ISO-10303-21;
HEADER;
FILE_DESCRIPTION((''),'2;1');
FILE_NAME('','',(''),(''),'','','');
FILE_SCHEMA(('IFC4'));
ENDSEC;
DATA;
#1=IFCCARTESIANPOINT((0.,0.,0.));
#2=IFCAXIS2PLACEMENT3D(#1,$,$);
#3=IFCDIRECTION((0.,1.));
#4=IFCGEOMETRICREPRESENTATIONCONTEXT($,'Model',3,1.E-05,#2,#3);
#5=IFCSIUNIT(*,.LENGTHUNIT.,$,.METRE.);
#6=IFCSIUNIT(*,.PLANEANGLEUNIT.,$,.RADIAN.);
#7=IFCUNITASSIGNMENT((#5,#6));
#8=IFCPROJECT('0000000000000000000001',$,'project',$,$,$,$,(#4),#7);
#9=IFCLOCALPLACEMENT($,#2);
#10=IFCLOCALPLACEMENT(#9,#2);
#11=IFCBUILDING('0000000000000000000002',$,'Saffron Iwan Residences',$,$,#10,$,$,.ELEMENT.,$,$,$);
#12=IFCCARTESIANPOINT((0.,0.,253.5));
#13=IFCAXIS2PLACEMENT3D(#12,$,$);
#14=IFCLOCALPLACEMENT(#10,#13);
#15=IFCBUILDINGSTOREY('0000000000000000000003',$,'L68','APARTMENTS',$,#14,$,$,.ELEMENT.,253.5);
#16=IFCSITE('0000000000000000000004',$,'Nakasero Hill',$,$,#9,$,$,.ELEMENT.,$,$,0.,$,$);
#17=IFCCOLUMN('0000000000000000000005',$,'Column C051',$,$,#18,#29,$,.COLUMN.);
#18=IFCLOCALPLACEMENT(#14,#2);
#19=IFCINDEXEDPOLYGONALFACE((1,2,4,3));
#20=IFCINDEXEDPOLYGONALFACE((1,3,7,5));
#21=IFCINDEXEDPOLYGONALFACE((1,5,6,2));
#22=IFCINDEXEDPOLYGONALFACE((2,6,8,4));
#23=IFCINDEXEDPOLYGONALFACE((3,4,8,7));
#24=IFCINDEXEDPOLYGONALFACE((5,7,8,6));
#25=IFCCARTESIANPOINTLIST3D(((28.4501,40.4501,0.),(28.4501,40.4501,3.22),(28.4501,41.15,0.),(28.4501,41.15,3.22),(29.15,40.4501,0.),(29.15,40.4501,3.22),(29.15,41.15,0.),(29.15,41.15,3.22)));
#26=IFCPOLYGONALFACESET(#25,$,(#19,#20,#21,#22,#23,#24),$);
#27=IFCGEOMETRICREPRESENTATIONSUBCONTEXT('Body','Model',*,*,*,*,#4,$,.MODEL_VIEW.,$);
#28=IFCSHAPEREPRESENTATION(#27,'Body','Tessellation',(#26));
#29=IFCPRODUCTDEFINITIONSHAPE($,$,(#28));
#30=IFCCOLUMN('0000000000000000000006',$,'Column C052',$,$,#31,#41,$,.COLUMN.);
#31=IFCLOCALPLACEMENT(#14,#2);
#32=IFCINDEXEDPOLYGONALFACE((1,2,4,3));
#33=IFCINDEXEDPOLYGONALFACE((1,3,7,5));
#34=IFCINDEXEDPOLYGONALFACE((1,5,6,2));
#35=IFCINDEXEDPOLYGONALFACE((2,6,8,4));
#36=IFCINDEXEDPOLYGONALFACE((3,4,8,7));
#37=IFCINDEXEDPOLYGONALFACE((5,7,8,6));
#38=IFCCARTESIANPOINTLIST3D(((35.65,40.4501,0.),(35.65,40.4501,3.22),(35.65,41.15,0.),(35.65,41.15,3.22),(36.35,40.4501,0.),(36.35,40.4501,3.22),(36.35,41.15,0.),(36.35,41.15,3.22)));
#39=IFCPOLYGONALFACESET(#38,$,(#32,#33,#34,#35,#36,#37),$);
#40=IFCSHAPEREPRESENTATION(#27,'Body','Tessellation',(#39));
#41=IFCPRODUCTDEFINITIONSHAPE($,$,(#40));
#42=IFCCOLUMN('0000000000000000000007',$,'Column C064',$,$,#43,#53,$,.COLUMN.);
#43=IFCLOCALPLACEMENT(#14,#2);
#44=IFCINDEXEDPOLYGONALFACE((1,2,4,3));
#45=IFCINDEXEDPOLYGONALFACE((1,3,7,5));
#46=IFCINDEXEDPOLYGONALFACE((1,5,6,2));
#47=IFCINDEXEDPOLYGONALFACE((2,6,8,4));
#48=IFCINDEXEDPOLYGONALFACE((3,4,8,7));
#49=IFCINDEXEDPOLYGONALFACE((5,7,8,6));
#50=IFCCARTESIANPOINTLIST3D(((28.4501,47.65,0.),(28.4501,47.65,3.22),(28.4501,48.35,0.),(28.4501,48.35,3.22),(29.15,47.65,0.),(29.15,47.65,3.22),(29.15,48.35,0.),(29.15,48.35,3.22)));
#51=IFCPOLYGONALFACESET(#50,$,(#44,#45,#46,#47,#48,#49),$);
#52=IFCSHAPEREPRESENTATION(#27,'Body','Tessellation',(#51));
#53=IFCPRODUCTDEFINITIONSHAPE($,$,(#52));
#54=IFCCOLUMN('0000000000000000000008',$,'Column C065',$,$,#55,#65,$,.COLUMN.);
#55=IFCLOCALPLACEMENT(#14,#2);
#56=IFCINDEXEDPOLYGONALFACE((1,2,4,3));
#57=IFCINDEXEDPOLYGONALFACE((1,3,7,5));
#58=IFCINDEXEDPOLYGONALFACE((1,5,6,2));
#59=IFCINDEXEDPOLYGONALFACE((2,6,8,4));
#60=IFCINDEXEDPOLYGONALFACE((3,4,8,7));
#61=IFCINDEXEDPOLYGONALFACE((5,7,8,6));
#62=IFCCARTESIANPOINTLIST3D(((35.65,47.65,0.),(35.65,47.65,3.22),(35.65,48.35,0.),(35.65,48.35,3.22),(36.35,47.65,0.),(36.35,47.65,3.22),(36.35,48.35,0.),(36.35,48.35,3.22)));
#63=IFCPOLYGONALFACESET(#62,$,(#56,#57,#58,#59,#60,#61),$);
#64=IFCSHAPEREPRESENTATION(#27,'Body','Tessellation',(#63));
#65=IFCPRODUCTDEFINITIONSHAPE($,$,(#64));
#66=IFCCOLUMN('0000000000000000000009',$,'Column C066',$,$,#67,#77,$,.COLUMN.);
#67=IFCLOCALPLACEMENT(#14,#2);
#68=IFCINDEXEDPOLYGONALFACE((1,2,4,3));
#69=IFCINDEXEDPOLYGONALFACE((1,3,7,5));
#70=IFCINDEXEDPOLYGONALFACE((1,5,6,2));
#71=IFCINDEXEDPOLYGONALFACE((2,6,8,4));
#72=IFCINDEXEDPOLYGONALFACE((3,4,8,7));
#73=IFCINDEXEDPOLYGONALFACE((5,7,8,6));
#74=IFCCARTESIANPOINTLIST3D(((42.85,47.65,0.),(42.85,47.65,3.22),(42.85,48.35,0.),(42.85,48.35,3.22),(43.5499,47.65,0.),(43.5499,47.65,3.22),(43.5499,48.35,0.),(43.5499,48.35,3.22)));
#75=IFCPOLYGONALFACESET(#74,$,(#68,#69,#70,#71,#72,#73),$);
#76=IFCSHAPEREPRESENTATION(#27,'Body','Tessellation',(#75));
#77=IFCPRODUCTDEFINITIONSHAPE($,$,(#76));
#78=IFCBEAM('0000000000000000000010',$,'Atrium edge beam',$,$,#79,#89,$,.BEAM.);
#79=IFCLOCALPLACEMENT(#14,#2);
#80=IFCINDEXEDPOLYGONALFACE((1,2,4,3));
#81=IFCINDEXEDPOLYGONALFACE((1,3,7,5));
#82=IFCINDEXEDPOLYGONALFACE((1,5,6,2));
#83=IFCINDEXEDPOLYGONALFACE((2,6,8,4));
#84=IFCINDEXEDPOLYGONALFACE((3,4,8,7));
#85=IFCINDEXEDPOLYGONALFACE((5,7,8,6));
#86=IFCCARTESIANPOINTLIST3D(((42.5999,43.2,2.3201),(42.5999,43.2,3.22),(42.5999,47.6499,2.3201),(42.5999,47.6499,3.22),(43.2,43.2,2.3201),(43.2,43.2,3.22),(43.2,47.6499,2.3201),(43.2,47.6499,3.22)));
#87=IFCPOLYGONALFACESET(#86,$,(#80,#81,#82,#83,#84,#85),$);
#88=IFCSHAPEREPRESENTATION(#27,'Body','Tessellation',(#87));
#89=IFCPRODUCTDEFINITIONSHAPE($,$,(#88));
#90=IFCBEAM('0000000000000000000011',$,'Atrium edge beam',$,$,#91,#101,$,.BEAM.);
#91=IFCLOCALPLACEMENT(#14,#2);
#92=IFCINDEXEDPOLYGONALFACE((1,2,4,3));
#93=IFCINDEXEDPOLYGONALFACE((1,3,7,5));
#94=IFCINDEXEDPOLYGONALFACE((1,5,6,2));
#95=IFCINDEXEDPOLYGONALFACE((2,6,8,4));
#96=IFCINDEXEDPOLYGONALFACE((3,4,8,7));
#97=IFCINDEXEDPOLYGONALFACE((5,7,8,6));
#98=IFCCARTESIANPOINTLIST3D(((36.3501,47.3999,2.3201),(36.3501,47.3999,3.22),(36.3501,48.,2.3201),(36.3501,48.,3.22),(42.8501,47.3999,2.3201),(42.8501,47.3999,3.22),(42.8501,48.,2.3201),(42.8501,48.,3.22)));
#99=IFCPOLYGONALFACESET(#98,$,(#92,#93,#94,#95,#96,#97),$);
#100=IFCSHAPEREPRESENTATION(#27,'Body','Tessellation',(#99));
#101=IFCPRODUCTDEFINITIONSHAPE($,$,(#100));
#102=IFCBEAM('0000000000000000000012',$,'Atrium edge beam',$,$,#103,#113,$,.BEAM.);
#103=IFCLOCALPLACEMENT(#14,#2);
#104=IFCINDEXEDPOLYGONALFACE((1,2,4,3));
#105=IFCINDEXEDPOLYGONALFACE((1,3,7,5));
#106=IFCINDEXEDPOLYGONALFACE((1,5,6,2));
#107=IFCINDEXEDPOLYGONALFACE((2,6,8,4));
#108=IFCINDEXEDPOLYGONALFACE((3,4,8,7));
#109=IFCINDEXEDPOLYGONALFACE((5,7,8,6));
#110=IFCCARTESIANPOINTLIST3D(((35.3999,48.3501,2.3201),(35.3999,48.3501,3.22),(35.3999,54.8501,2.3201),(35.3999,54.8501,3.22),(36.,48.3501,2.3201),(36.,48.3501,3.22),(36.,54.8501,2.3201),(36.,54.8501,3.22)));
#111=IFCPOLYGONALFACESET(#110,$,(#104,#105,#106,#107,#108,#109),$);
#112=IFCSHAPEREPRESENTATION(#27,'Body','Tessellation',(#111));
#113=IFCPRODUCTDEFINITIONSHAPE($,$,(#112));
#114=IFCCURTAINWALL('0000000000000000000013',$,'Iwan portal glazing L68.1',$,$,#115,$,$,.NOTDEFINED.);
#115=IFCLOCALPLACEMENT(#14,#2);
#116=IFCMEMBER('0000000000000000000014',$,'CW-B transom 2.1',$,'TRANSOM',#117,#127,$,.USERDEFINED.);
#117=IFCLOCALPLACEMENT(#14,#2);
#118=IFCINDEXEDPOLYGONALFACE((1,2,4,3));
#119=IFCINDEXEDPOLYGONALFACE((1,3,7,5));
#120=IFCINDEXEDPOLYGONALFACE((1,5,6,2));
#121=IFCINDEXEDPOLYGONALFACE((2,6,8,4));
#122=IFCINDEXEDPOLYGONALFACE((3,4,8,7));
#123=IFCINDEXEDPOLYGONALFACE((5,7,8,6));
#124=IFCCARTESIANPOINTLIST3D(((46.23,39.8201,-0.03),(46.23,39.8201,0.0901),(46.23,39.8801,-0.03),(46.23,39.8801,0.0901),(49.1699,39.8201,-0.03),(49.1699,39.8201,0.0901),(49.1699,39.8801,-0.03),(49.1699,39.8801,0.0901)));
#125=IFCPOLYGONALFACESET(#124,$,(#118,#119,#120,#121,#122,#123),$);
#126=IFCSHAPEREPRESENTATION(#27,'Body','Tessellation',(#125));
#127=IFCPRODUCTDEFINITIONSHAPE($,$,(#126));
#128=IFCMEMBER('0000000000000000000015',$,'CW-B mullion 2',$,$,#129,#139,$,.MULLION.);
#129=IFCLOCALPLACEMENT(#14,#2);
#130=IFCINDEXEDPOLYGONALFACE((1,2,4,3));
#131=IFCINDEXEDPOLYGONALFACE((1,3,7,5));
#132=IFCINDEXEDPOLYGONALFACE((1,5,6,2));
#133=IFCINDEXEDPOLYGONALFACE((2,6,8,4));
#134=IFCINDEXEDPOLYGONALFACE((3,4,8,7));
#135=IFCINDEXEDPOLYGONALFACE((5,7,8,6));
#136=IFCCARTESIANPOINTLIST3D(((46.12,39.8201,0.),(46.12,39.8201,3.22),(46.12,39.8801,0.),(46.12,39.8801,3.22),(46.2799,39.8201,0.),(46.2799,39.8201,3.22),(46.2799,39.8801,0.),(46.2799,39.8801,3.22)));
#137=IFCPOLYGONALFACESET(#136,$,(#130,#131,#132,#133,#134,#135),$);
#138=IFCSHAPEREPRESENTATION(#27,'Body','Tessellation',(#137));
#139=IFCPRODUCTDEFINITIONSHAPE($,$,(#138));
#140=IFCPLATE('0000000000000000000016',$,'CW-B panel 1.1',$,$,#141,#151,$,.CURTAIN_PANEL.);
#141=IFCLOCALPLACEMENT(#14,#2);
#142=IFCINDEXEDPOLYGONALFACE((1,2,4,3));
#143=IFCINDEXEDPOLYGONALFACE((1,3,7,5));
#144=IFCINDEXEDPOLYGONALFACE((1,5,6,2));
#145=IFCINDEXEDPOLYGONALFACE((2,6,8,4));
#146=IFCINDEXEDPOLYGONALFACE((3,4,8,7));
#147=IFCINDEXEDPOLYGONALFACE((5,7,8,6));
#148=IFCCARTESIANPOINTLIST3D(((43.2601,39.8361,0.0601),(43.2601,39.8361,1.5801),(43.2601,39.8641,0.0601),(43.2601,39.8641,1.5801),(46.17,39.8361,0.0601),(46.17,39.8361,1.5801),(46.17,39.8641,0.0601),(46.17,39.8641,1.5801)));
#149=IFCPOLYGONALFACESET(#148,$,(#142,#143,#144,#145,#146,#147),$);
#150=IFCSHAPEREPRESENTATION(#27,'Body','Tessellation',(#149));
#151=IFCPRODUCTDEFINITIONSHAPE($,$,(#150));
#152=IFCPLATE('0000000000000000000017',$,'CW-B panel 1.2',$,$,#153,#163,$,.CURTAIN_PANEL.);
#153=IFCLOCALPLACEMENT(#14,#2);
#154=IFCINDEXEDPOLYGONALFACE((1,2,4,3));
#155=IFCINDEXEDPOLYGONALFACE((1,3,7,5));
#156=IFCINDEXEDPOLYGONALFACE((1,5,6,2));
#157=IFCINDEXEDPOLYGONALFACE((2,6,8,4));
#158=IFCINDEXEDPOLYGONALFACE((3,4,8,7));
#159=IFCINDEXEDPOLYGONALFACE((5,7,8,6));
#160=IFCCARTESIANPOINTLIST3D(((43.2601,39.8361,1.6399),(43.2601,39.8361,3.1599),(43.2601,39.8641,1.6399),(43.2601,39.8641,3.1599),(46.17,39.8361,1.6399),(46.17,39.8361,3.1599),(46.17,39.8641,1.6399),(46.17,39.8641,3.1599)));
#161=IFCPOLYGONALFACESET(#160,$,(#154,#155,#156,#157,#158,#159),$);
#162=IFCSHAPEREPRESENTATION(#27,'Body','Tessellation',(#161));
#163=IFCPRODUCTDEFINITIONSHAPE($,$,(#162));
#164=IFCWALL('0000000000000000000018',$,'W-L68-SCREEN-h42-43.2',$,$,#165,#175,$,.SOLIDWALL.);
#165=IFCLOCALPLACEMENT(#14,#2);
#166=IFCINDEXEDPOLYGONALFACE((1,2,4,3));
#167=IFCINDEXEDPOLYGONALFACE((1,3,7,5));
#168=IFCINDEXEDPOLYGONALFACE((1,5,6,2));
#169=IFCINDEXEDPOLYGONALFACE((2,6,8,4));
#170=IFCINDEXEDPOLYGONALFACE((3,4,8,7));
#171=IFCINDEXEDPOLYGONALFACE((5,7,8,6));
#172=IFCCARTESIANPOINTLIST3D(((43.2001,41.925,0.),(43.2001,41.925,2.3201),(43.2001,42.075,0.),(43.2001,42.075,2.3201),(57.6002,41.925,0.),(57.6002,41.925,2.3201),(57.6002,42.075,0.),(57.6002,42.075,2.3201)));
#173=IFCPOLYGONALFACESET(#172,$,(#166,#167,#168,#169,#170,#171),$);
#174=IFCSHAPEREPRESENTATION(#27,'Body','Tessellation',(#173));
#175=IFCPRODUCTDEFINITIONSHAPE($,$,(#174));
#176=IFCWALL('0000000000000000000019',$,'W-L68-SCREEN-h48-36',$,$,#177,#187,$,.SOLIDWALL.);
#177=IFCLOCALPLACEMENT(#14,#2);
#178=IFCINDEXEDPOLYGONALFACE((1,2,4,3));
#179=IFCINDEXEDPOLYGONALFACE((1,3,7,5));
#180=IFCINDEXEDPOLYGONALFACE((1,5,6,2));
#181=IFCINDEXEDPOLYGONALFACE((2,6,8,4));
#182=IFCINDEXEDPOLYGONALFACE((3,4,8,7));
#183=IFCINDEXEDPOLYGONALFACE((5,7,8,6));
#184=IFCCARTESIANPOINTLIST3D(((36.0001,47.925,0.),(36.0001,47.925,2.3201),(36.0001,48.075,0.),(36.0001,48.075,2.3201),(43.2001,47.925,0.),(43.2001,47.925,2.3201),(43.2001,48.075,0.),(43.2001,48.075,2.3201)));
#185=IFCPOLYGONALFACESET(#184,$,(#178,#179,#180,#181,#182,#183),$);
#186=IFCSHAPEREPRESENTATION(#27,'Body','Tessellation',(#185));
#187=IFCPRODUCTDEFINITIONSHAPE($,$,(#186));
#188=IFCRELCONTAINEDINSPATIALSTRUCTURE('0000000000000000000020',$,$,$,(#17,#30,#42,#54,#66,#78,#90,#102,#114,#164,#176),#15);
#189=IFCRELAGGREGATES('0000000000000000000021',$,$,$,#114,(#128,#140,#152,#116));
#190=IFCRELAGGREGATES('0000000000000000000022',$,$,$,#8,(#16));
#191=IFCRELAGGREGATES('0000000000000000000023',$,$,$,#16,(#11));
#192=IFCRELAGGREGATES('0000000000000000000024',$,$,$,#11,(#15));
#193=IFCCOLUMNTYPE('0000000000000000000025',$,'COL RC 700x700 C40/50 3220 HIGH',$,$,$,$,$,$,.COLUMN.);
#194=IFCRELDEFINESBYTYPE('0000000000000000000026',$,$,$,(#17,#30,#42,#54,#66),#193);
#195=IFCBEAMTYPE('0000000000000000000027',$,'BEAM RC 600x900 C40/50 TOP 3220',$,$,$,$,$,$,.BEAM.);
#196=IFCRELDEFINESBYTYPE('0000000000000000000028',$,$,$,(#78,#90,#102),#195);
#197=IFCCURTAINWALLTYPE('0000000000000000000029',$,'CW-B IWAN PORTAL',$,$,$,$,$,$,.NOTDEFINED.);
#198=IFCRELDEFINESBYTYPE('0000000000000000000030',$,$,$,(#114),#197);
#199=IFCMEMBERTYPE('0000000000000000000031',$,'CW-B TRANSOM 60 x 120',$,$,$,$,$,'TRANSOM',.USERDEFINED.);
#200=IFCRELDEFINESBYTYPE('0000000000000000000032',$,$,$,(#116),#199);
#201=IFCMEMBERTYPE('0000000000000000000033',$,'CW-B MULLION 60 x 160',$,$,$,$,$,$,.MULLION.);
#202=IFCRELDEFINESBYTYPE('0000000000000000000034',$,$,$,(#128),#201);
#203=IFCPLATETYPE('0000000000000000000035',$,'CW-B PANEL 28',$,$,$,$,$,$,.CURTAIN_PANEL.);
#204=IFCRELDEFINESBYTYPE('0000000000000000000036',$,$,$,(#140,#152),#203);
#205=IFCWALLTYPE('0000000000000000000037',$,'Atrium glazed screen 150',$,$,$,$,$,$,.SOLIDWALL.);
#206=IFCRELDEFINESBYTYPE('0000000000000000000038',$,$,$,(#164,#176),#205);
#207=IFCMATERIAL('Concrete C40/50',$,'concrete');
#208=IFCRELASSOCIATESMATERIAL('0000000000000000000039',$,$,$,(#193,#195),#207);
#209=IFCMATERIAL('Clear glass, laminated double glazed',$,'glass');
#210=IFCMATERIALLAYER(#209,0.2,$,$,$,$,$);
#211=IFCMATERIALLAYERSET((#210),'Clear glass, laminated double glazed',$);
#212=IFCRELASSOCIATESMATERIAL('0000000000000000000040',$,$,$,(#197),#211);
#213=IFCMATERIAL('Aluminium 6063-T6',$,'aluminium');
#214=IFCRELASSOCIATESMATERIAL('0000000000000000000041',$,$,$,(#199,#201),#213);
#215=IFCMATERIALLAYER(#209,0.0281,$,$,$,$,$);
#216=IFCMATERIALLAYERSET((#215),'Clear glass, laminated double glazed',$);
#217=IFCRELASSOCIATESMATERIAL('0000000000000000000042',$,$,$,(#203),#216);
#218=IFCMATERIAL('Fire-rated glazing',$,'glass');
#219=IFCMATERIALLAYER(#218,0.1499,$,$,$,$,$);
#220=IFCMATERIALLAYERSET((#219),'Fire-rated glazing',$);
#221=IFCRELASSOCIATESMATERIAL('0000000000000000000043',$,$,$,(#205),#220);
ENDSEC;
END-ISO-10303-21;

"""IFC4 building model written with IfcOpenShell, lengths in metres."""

from ifc_helpers import new_model, si_unit, direction, frame, frame_2d, origin, origin_2d, place, context, subcontext, project, spatial, rectangle, extrude, source, transform, mapped, material, layer, layer_set, material_profile, profile_set, type_object, element, aggregate, save


model = new_model("IFC4")

# Units and contexts
model_context = context("Model", 3, precision=1e-05, world=origin(), true_north=direction((0.0, 1.0)))
body_context = subcontext(model_context, "Body", "Model", "MODEL_VIEW")
ifc_project = project(units=[si_unit("LENGTHUNIT", "METRE"), si_unit("PLANEANGLEUNIT", "RADIAN")], contexts=[model_context])

# Site, building, storey
site_placement = place(None, origin())
site = spatial("IfcSite", under=ifc_project, at=site_placement, Name="Nakasero Hill", CompositionType="ELEMENT", RefElevation=0.0)
building_placement = place(site_placement, origin())
building = spatial("IfcBuilding", under=site, at=building_placement, Name="Saffron Iwan Residences", CompositionType="ELEMENT")
storey_placement = place(building_placement, frame((0.0, 0.0, 253.5)))
storey = spatial("IfcBuildingStorey", under=building, at=storey_placement, Name="L68", Description="APARTMENTS", CompositionType="ELEMENT", Elevation=253.5)

# Columns
ifc_material_1 = material(Name="Concrete C40/50", Category="concrete")
ifc_material_profile_1 = material_profile(ifc_material_1, rectangle(XDim=0.7, YDim=0.7, at=origin_2d()), Name="RC 700x700")
ifc_profile_set_1 = profile_set([ifc_material_profile_1], Name="Concrete C40/50")
column_type = type_object("IfcColumnType", Name="COL RC 700x700 C40/50 3220 HIGH", PredefinedType="COLUMN", material=ifc_profile_set_1)
shared_shape_1 = source(origin(), body_context, "Body", "SweptSolid", [
    extrude(rectangle(XDim=0.7, YDim=0.7, at=origin_2d()), origin(), (0.0, 0.0, 1.0), 3.22),
])
for number, where, z_axis, x_axis, name in (
    (1, (28.8, 40.8, 0.0), (0.0, 0.0, 1.0), (1.0, 0.0, 0.0), "Column C051"),
    (2, (36.0, 40.8, 0.0), (0.0, 0.0, 1.0), (1.0, 0.0, 0.0), "Column C052"),
    (3, (28.8, 48.0, 0.0), (0.0, 0.0, 1.0), (1.0, 0.0, 0.0), "Column C064"),
    (4, (36.0, 48.0, 0.0), (0.0, 0.0, 1.0), (1.0, 0.0, 0.0), "Column C065"),
    (5, (43.2, 48.0, 0.0), (0.0, 0.0, 1.0), (1.0, 0.0, 0.0), "Column C066"),
):
    element("IfcColumn", number, at=place(storey_placement, frame(where, z_axis=z_axis, x_axis=x_axis)), inside=storey, type_object=column_type, Name=name, PredefinedType="COLUMN", context=body_context, shape_type="MappedRepresentation", body=[
        mapped(shared_shape_1, transform((0.0, 0.0, 0.0))),
    ])

# Beams
ifc_material_profile_2 = material_profile(ifc_material_1, rectangle(XDim=0.6001, YDim=0.8999, at=origin_2d()), Name="RC 600x900")
ifc_profile_set_2 = profile_set([ifc_material_profile_2], Name="Concrete C40/50")
beam_type = type_object("IfcBeamType", Name="BEAM RC 600x900 C40/50 TOP 3220", PredefinedType="BEAM", material=ifc_profile_set_2)
shared_shape_2 = source(origin(), body_context, "Body", "SweptSolid", [
    extrude(rectangle(XDim=0.6001, YDim=0.8999, at=origin_2d()), origin(), (0.0, 0.0, 1.0), 4.45),
])
beam_placement = place(storey_placement, frame((42.8999, 43.2, 2.77), z_axis=(0.0, 1.0, 0.0), x_axis=(-1.0, 0.0, 0.0)))
element("IfcBeam", 6, at=beam_placement, inside=storey, type_object=beam_type, Name="Atrium edge beam", PredefinedType="BEAM", context=body_context, shape_type="MappedRepresentation", body=[
    mapped(shared_shape_2, transform((0.0, 0.0, 0.0))),
])
shared_shape_3 = source(origin(), body_context, "Body", "SweptSolid", [
    extrude(rectangle(XDim=0.6001, YDim=0.8999, at=origin_2d()), origin(), (0.0, 0.0, 1.0), 6.5),
])
for number, where, z_axis, x_axis, name in (
    (7, (42.8501, 47.7, 2.77), (-1.0, 0.0, 0.0), (0.0, -1.0, 0.0), "Atrium edge beam"),
    (8, (35.7, 48.3501, 2.77), (0.0, 1.0, 0.0), (-1.0, 0.0, 0.0), "Atrium edge beam"),
):
    element("IfcBeam", number, at=place(storey_placement, frame(where, z_axis=z_axis, x_axis=x_axis)), inside=storey, type_object=beam_type, Name=name, PredefinedType="BEAM", context=body_context, shape_type="MappedRepresentation", body=[
        mapped(shared_shape_3, transform((0.0, 0.0, 0.0))),
    ])

# Curtain wall, members, plates
ifc_material_2 = material(Name="Clear glass, laminated double glazed", Category="glass")
ifc_layer_1 = layer(ifc_material_2, 0.2)
ifc_layer_set_1 = layer_set([ifc_layer_1], Name="Clear glass, laminated double glazed")
curtain_wall_type = type_object("IfcCurtainWallType", Name="CW-B IWAN PORTAL", PredefinedType="NOTDEFINED", material=ifc_layer_set_1)
curtain_wall_placement = place(storey_placement, origin())
curtain_wall = element("IfcCurtainWall", 9, at=curtain_wall_placement, inside=storey, type_object=curtain_wall_type, Name="Iwan portal glazing L68.1", PredefinedType="NOTDEFINED")
ifc_material_3 = material(Name="Aluminium 6063-T6", Category="aluminium")
ifc_material_profile_3 = material_profile(ifc_material_3, rectangle(XDim=0.0601, YDim=0.1201, at=origin_2d()), Name="CW-B TRANSOM 60 x 120")
ifc_profile_set_3 = profile_set([ifc_material_profile_3], Name="Aluminium 6063-T6")
member_type_1 = type_object("IfcMemberType", Name="CW-B TRANSOM 60 x 120", ElementType="TRANSOM", PredefinedType="USERDEFINED", material=ifc_profile_set_3)
shared_shape_4 = source(origin(), body_context, "Body", "SweptSolid", [
    extrude(rectangle(XDim=0.0601, YDim=0.1201, at=origin_2d()), origin(), (0.0, 0.0, 1.0), 2.9399),
])
member_1_placement = place(storey_placement, frame((46.23, 39.8501, 0.03), z_axis=(1.0, 0.0, 0.0), x_axis=(0.0, 1.0, 0.0)))
member_1 = element("IfcMember", 10, at=member_1_placement, type_object=member_type_1, Name="CW-B transom 2.1", ObjectType="TRANSOM", PredefinedType="USERDEFINED", context=body_context, shape_type="MappedRepresentation", body=[
    mapped(shared_shape_4, transform((0.0, 0.0, 0.0))),
])
ifc_material_profile_4 = material_profile(ifc_material_3, rectangle(XDim=0.0601, YDim=0.1599, at=origin_2d()), Name="CW-B MULLION 60 x 160")
ifc_profile_set_4 = profile_set([ifc_material_profile_4], Name="Aluminium 6063-T6")
member_type_2 = type_object("IfcMemberType", Name="CW-B MULLION 60 x 160", PredefinedType="MULLION", material=ifc_profile_set_4)
shared_shape_5 = source(origin(), body_context, "Body", "SweptSolid", [
    extrude(rectangle(XDim=0.0601, YDim=0.1599, at=origin_2d()), origin(), (0.0, 0.0, 1.0), 3.22),
])
member_2_placement = place(storey_placement, frame((46.2, 39.8501, 0.0), z_axis=(0.0, 0.0, 1.0), x_axis=(0.0, 1.0, 0.0)))
member_2 = element("IfcMember", 11, at=member_2_placement, type_object=member_type_2, Name="CW-B mullion 2", PredefinedType="MULLION", context=body_context, shape_type="MappedRepresentation", body=[
    mapped(shared_shape_5, transform((0.0, 0.0, 0.0))),
])
ifc_layer_2 = layer(ifc_material_2, 0.0281)
ifc_layer_set_2 = layer_set([ifc_layer_2], Name="Clear glass, laminated double glazed")
plate_type = type_object("IfcPlateType", Name="CW-B PANEL 28", PredefinedType="CURTAIN_PANEL", material=ifc_layer_set_2)
shared_shape_6 = source(origin(), body_context, "Body", "SweptSolid", [
    extrude(rectangle(XDim=2.9099, YDim=0.0281, at=origin_2d()), origin(), (0.0, 0.0, 1.0), 1.52),
])
plate_1_placement = place(storey_placement, frame((44.7151, 39.8501, 0.0601), z_axis=(0.0, 0.0, 1.0), x_axis=(1.0, 0.0, 0.0)))
plate_1 = element("IfcPlate", 12, at=plate_1_placement, type_object=plate_type, Name="CW-B panel 1.1", PredefinedType="CURTAIN_PANEL", context=body_context, shape_type="MappedRepresentation", body=[
    mapped(shared_shape_6, transform((0.0, 0.0, 0.0))),
])
plate_2_placement = place(storey_placement, frame((44.7151, 39.8501, 1.6399), z_axis=(0.0, 0.0, 1.0), x_axis=(1.0, 0.0, 0.0)))
plate_2 = element("IfcPlate", 13, at=plate_2_placement, type_object=plate_type, Name="CW-B panel 1.2", PredefinedType="CURTAIN_PANEL", context=body_context, shape_type="MappedRepresentation", body=[
    mapped(shared_shape_6, transform((0.0, 0.0, 0.0))),
])
aggregate(curtain_wall, [member_2, plate_1, plate_2, member_1])

# Walls
ifc_material_4 = material(Name="Fire-rated glazing", Category="glass")
ifc_layer_3 = layer(ifc_material_4, 0.1499)
ifc_layer_set_3 = layer_set([ifc_layer_3], Name="Fire-rated glazing")
wall_type_1 = type_object("IfcWallType", Name="Atrium glazed screen 150", PredefinedType="SOLIDWALL", material=ifc_layer_set_3)
wall_1_placement = place(storey_placement, frame((43.2, 42.0, 0.0), z_axis=(0.0, 0.0, 1.0), x_axis=(1.0, 0.0, 0.0)))
element("IfcWall", 14, at=wall_1_placement, inside=storey, type_object=wall_type_1, Name="W-L68-SCREEN-h42-43.2", PredefinedType="SOLIDWALL", context=body_context, shape_type="SweptSolid", body=[
    extrude(rectangle(XDim=14.4001, YDim=0.1499, at=frame_2d((7.2002, 0.0))), origin(), (0.0, 0.0, 1.0), 2.3201),
])
wall_2_placement = place(storey_placement, frame((36.0, 48.0, 0.0), z_axis=(0.0, 0.0, 1.0), x_axis=(1.0, 0.0, 0.0)))
element("IfcWall", 15, at=wall_2_placement, inside=storey, type_object=wall_type_1, Name="W-L68-SCREEN-h48-36", PredefinedType="SOLIDWALL", context=body_context, shape_type="SweptSolid", body=[
    extrude(rectangle(XDim=7.2, YDim=0.1499, at=frame_2d((3.6001, 0.0))), origin(), (0.0, 0.0, 1.0), 2.3201),
])

save(model, "model.ifc")
